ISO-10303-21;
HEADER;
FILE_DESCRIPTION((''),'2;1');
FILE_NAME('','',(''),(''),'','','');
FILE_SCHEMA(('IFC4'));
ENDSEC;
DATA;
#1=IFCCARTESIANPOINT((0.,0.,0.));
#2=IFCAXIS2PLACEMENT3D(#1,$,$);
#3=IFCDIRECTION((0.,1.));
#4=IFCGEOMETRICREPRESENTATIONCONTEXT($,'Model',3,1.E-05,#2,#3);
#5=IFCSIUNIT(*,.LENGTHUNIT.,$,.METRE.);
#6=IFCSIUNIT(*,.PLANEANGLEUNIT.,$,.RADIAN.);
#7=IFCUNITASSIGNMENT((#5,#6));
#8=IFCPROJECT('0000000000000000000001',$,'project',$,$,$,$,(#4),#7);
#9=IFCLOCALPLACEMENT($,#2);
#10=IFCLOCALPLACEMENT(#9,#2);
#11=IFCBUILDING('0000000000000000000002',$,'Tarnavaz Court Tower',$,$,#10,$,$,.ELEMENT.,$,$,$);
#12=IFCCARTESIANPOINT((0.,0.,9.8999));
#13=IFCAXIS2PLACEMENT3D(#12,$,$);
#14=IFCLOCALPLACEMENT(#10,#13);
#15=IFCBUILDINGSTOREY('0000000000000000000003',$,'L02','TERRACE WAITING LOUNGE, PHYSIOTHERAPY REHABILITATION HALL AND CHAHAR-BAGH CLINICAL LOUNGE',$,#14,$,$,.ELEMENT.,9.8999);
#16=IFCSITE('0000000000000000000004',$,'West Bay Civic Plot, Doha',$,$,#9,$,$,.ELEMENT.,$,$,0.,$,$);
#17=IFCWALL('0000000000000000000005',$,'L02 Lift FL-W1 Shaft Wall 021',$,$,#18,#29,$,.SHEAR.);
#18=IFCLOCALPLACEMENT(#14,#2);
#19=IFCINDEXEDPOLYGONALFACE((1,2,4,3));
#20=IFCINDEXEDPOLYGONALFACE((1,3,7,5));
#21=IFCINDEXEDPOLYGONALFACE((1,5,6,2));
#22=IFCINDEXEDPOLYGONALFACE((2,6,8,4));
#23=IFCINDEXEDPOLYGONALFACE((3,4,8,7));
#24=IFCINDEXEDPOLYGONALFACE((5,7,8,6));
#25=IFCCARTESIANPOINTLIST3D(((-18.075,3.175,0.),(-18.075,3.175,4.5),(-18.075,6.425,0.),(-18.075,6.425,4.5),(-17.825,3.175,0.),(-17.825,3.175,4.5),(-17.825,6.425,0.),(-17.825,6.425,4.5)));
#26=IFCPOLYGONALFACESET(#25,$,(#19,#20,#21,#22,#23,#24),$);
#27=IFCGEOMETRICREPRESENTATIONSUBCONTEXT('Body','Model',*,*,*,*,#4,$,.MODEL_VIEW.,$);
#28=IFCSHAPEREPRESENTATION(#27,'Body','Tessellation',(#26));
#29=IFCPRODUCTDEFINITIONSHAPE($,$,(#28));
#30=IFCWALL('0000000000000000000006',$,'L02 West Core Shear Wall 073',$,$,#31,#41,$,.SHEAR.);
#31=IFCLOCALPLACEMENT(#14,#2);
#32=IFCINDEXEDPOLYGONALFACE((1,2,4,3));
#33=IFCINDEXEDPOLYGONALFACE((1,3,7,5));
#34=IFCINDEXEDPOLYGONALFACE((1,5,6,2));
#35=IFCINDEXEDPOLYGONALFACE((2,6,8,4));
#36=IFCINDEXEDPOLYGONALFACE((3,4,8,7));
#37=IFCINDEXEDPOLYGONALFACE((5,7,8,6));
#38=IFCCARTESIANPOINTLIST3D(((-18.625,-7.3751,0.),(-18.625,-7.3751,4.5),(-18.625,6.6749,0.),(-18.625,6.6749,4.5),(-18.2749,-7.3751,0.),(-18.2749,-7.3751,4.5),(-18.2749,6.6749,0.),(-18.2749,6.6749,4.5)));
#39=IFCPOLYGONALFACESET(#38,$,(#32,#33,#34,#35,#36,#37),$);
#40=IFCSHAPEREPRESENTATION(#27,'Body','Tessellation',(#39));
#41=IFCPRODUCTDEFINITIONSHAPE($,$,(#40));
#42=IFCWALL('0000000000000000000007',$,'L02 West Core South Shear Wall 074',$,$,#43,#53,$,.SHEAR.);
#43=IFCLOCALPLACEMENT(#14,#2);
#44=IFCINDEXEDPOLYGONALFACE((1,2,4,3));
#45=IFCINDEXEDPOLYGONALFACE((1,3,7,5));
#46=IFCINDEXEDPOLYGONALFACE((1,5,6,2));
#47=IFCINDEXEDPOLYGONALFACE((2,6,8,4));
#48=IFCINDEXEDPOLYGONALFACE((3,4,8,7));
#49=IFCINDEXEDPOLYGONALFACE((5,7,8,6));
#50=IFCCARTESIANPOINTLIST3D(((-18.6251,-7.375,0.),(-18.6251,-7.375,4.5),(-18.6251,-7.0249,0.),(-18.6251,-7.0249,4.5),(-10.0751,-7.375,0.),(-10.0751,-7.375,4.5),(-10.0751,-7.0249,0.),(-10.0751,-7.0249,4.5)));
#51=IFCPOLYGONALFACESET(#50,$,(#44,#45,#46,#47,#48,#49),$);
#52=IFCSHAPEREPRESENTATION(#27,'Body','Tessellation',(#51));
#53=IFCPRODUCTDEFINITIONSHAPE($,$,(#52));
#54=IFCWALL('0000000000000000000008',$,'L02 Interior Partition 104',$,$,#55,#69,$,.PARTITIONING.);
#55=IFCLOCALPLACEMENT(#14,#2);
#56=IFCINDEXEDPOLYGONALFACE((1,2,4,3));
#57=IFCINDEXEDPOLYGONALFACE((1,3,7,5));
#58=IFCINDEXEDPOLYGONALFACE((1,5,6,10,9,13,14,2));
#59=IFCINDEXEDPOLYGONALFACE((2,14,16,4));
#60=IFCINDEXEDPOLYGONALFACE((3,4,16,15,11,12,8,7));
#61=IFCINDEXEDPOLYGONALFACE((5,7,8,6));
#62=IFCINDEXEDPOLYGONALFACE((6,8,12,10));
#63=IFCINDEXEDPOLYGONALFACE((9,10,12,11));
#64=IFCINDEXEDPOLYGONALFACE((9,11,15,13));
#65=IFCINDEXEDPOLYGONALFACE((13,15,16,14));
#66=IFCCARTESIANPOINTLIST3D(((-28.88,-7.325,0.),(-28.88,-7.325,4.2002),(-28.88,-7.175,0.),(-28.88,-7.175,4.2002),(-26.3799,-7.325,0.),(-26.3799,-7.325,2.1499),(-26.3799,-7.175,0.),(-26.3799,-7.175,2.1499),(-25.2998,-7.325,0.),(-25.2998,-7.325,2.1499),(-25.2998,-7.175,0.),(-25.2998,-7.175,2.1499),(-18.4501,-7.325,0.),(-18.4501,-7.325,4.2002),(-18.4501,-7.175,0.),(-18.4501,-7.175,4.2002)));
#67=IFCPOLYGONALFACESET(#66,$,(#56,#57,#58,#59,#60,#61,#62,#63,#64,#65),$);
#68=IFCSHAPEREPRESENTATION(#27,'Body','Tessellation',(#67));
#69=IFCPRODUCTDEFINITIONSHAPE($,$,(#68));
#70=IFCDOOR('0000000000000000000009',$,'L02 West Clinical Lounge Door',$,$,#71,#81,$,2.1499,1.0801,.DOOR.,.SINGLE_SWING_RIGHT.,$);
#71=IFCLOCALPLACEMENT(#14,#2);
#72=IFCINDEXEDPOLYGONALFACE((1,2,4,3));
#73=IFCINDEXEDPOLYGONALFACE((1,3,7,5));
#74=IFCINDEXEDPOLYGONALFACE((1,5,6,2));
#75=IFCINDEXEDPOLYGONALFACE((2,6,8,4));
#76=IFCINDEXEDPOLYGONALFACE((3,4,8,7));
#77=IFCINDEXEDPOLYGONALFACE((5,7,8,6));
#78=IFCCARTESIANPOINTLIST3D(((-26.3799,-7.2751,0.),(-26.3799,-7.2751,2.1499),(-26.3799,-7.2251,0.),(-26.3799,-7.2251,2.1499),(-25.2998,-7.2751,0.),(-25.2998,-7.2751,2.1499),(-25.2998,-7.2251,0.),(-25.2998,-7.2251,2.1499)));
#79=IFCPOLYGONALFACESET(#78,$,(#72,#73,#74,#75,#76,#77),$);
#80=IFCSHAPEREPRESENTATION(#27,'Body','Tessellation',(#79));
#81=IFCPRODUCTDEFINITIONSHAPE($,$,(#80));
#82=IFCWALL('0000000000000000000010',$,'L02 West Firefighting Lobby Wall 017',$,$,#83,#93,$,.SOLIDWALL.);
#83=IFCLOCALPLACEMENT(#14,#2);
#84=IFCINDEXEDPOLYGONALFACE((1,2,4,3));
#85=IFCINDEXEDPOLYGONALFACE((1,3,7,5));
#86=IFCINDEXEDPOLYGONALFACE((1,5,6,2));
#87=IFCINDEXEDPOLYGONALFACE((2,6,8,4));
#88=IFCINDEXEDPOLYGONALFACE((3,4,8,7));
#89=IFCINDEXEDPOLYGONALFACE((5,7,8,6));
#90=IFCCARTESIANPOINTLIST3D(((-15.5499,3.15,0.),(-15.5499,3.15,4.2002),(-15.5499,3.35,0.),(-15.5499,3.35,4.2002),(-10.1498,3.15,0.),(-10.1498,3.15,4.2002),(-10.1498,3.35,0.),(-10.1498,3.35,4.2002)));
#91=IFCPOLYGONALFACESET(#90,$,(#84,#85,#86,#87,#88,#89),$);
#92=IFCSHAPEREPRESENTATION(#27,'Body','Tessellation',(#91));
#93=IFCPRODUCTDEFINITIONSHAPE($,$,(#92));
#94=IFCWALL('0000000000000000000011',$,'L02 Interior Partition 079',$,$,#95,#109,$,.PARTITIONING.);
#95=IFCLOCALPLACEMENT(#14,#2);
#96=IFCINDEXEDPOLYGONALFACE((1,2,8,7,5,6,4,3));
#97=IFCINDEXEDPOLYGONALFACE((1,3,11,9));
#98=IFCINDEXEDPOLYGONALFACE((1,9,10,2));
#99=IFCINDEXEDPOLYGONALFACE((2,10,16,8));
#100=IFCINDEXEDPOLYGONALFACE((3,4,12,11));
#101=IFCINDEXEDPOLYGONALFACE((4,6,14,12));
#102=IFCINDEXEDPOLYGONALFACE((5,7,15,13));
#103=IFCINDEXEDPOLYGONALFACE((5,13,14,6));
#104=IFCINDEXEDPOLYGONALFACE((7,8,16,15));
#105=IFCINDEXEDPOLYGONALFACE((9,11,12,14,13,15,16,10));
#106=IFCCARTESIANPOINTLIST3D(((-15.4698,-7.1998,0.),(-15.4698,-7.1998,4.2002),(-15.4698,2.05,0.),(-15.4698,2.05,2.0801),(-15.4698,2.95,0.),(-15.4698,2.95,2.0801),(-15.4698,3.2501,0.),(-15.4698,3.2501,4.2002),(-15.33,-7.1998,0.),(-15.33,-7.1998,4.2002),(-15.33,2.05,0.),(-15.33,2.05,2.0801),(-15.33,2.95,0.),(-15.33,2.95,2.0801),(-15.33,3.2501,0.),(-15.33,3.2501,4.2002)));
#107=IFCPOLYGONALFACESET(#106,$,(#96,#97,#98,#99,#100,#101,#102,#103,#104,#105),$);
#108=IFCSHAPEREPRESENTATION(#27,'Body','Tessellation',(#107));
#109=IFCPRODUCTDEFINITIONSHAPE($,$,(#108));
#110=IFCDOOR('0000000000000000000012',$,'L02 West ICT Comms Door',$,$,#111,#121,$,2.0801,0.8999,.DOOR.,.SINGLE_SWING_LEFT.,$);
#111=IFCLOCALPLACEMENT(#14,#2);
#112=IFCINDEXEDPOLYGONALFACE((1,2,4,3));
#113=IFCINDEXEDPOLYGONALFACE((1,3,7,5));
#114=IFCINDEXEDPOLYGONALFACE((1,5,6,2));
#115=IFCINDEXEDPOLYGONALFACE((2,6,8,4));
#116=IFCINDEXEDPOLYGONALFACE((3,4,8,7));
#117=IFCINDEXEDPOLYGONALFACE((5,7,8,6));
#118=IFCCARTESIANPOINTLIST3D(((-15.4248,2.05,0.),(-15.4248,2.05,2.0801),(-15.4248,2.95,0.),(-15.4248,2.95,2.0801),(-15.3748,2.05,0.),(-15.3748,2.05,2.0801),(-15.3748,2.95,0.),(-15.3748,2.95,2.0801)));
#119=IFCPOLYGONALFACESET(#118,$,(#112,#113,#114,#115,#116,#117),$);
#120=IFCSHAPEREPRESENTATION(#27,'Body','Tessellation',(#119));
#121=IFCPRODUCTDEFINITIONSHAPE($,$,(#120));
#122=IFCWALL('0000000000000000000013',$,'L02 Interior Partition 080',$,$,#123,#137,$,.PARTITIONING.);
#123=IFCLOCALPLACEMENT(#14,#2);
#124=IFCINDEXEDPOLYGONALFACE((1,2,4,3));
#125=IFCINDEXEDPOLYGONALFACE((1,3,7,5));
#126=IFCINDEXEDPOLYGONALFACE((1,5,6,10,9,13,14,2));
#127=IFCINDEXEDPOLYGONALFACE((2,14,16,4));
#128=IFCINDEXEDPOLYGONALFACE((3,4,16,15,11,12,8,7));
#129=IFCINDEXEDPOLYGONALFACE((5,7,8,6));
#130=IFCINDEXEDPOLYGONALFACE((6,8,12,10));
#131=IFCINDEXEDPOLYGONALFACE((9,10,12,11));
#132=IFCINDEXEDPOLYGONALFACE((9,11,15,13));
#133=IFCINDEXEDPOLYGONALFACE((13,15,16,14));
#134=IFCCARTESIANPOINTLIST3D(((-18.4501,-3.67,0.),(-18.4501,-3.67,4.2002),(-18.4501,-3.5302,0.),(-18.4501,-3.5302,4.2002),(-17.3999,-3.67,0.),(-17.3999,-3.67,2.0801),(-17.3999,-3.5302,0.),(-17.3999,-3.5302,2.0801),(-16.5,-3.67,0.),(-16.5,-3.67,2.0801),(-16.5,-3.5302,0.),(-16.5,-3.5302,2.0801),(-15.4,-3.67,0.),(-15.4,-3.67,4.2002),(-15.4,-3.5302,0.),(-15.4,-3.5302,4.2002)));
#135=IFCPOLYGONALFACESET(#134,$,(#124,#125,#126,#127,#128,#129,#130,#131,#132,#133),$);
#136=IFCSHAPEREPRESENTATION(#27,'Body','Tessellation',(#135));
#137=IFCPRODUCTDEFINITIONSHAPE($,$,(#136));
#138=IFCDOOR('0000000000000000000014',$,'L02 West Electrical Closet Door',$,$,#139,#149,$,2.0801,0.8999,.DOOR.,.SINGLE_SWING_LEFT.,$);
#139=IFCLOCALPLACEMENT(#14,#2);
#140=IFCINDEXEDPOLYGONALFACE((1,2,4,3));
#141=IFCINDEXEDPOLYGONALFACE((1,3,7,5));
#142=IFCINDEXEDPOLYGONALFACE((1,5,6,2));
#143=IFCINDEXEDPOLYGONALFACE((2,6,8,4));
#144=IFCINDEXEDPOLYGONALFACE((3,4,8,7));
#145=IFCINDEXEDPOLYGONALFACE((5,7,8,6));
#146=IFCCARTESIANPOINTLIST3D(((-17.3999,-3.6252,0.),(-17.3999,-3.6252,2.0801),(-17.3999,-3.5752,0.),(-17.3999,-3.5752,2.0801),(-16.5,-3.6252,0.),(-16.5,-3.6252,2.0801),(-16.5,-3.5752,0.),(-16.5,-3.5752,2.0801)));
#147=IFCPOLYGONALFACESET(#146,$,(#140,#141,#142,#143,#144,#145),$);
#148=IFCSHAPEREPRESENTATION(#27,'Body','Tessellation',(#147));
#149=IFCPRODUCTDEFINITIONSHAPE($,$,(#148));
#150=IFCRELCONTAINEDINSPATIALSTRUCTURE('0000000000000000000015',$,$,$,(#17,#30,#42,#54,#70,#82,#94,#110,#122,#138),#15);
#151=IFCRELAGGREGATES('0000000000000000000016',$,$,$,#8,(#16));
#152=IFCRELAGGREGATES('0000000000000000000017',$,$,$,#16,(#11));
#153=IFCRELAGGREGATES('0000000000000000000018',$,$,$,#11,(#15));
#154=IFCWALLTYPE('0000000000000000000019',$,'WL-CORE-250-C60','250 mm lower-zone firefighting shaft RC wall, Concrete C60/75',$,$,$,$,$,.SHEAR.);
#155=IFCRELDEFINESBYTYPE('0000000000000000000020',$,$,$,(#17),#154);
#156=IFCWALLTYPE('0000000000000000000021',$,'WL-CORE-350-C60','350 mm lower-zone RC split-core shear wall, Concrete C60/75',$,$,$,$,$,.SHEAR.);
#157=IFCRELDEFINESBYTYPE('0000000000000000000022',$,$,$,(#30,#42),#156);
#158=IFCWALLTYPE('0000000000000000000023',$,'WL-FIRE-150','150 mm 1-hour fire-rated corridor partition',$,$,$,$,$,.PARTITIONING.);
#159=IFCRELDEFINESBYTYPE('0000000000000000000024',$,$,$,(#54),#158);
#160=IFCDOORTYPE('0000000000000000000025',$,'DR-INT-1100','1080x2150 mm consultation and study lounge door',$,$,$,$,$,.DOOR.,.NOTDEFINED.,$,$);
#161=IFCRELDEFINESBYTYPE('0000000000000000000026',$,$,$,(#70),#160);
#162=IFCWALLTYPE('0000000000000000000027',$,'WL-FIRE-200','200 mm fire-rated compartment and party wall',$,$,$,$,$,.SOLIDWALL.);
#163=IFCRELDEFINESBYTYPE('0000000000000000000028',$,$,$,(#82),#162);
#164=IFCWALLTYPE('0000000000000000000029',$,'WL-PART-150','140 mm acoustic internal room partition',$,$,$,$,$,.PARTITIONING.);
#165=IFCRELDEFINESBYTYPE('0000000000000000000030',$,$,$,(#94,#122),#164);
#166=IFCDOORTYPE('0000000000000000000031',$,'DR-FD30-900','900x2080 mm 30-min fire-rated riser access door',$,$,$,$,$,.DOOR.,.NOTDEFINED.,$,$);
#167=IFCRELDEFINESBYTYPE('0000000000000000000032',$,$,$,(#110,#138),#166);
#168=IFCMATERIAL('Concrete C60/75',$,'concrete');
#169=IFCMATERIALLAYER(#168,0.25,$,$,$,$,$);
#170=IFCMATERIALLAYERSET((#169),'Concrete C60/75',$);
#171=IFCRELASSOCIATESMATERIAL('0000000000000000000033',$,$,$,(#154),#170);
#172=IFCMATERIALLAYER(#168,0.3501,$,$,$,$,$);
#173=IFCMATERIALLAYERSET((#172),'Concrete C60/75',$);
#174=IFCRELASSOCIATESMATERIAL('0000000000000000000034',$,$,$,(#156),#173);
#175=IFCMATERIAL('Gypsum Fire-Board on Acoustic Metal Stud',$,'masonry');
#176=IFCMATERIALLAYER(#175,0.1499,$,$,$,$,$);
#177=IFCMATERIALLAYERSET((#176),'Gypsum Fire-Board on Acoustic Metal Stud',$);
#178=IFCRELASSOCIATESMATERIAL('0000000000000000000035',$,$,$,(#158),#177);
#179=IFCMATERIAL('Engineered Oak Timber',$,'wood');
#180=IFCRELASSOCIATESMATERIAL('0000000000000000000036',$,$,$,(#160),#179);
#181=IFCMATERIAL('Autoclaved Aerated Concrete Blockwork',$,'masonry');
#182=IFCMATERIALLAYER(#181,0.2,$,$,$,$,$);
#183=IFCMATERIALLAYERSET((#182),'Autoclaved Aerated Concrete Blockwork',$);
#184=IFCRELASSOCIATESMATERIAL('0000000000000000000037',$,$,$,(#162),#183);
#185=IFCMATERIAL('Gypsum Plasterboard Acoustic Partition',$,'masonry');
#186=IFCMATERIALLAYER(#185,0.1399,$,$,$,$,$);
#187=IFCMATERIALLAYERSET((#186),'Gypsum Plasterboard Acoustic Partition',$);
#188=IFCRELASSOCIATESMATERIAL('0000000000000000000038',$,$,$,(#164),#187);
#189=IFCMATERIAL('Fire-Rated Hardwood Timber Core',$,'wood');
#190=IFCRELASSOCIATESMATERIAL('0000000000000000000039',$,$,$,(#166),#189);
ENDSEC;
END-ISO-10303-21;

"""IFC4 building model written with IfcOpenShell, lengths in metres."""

from ifc_helpers import new_model, si_unit, direction, frame, frame_2d, origin, place, context, subcontext, project, spatial, rectangle, extrude, material, layer, layer_set, type_object, element, fill, save


model = new_model("IFC4")

# Units and contexts
model_context = context("Model", 3, precision=1e-05, world=origin(), true_north=direction((0.0, 1.0)))
body_context = subcontext(model_context, "Body", "Model", "MODEL_VIEW")
ifc_project = project(units=[si_unit("LENGTHUNIT", "METRE"), si_unit("PLANEANGLEUNIT", "RADIAN")], contexts=[model_context])

# Site, building, storey
site_placement = place(None, origin())
site = spatial("IfcSite", under=ifc_project, at=site_placement, Name="West Bay Civic Plot, Doha", CompositionType="ELEMENT", RefElevation=0.0)
building_placement = place(site_placement, origin())
building = spatial("IfcBuilding", under=site, at=building_placement, Name="Tarnavaz Court Tower", CompositionType="ELEMENT")
storey_placement = place(building_placement, frame((0.0, 0.0, 9.8999)))
storey = spatial("IfcBuildingStorey", under=building, at=storey_placement, Name="L02", Description="TERRACE WAITING LOUNGE, PHYSIOTHERAPY REHABILITATION HALL AND CHAHAR-BAGH CLINICAL LOUNGE", CompositionType="ELEMENT", Elevation=9.8999)

# Shared definitions
ifc_material_1 = material(Name="Concrete C60/75", Category="concrete")

# Wall
ifc_layer_1 = layer(ifc_material_1, 0.25)
ifc_layer_set_1 = layer_set([ifc_layer_1], Name="Concrete C60/75")
wall_type_1 = type_object("IfcWallType", Name="WL-CORE-250-C60", Description="250 mm lower-zone firefighting shaft RC wall, Concrete C60/75", PredefinedType="SHEAR", material=ifc_layer_set_1)
wall_1_placement = place(storey_placement, frame((-17.95, 3.175, 0.0), z_axis=(0.0, 0.0, 1.0), x_axis=(0.0, 1.0, 0.0)))
element("IfcWall", 1, at=wall_1_placement, inside=storey, type_object=wall_type_1, Name="L02 Lift FL-W1 Shaft Wall 021", PredefinedType="SHEAR", context=body_context, shape_type="SweptSolid", body=[
    extrude(rectangle(XDim=3.25, YDim=0.25, at=frame_2d((1.625, 0.0))), origin(), (0.0, 0.0, 1.0), 4.5),
])

# Walls
ifc_layer_2 = layer(ifc_material_1, 0.3501)
ifc_layer_set_2 = layer_set([ifc_layer_2], Name="Concrete C60/75")
wall_type_2 = type_object("IfcWallType", Name="WL-CORE-350-C60", Description="350 mm lower-zone RC split-core shear wall, Concrete C60/75", PredefinedType="SHEAR", material=ifc_layer_set_2)
wall_2_placement = place(storey_placement, frame((-18.45, -7.375, 0.0), z_axis=(0.0, 0.0, 1.0), x_axis=(0.0, 1.0, 0.0)))
element("IfcWall", 2, at=wall_2_placement, inside=storey, type_object=wall_type_2, Name="L02 West Core Shear Wall 073", PredefinedType="SHEAR", context=body_context, shape_type="SweptSolid", body=[
    extrude(rectangle(XDim=14.05, YDim=0.3501, at=frame_2d((7.0249, 0.0))), origin(), (0.0, 0.0, 1.0), 4.5),
])
wall_3_placement = place(storey_placement, frame((-18.625, -7.2, 0.0), z_axis=(0.0, 0.0, 1.0), x_axis=(1.0, 0.0, 0.0)))
element("IfcWall", 3, at=wall_3_placement, inside=storey, type_object=wall_type_2, Name="L02 West Core South Shear Wall 074", PredefinedType="SHEAR", context=body_context, shape_type="SweptSolid", body=[
    extrude(rectangle(XDim=8.55, YDim=0.3501, at=frame_2d((4.2749, 0.0))), origin(), (0.0, 0.0, 1.0), 4.5),
])

# Wall, opening, door
ifc_material_2 = material(Name="Gypsum Fire-Board on Acoustic Metal Stud", Category="masonry")
ifc_layer_3 = layer(ifc_material_2, 0.1499)
ifc_layer_set_3 = layer_set([ifc_layer_3], Name="Gypsum Fire-Board on Acoustic Metal Stud")
wall_type_3 = type_object("IfcWallType", Name="WL-FIRE-150", Description="150 mm 1-hour fire-rated corridor partition", PredefinedType="PARTITIONING", material=ifc_layer_set_3)
wall_4_placement = place(storey_placement, frame((-28.8799, -7.25, 0.0), z_axis=(0.0, 0.0, 1.0), x_axis=(1.0, 0.0, 0.0)))
wall_4 = element("IfcWall", 4, at=wall_4_placement, inside=storey, type_object=wall_type_3, Name="L02 Interior Partition 104", PredefinedType="PARTITIONING", context=body_context, shape_type="SweptSolid", body=[
    extrude(rectangle(XDim=10.4299, YDim=0.1499, at=frame_2d((5.2148, 0.0))), origin(), (0.0, 0.0, 1.0), 4.2002),
])
opening_1_placement = place(wall_4_placement, frame((2.5, 0.0, 0.0)))
opening_1 = element("IfcOpeningElement", 5, at=opening_1_placement, cuts=wall_4, PredefinedType="OPENING", context=body_context, shape_type="SweptSolid", body=[
    extrude(rectangle(XDim=1.0801, YDim=2.1499, at=frame_2d((0.54, 1.075))), frame((0.0, 0.085, 0.0), z_axis=(0.0, -1.0, 0.0), x_axis=(1.0, 0.0, 0.0)), (0.0, 0.0, 1.0), 0.1699),
])
ifc_material_3 = material(Name="Engineered Oak Timber", Category="wood")
door_type_1 = type_object("IfcDoorType", Name="DR-INT-1100", Description="1080x2150 mm consultation and study lounge door", OperationType="NOTDEFINED", PredefinedType="DOOR", material=ifc_material_3)
door_1_placement = place(opening_1_placement, origin())
door_1 = element("IfcDoor", 6, at=door_1_placement, inside=storey, type_object=door_type_1, Name="L02 West Clinical Lounge Door", OperationType="SINGLE_SWING_RIGHT", OverallHeight=2.1499, OverallWidth=1.0801, PredefinedType="DOOR", context=body_context, shape_type="SweptSolid", body=[
    extrude(rectangle(XDim=1.0801, YDim=2.1499, at=frame_2d((0.54, 1.075))), frame((0.0, 0.0249, 0.0), z_axis=(0.0, -1.0, 0.0), x_axis=(1.0, 0.0, 0.0)), (0.0, 0.0, 1.0), 0.05),
])
fill(opening_1, door_1)

# Wall
ifc_material_4 = material(Name="Autoclaved Aerated Concrete Blockwork", Category="masonry")
ifc_layer_4 = layer(ifc_material_4, 0.2)
ifc_layer_set_4 = layer_set([ifc_layer_4], Name="Autoclaved Aerated Concrete Blockwork")
wall_type_4 = type_object("IfcWallType", Name="WL-FIRE-200", Description="200 mm fire-rated compartment and party wall", PredefinedType="SOLIDWALL", material=ifc_layer_set_4)
wall_5_placement = place(storey_placement, frame((-15.55, 3.25, 0.0), z_axis=(0.0, 0.0, 1.0), x_axis=(1.0, 0.0, 0.0)))
element("IfcWall", 7, at=wall_5_placement, inside=storey, type_object=wall_type_4, Name="L02 West Firefighting Lobby Wall 017", PredefinedType="SOLIDWALL", context=body_context, shape_type="SweptSolid", body=[
    extrude(rectangle(XDim=5.4001, YDim=0.2, at=frame_2d((2.7002, 0.0))), origin(), (0.0, 0.0, 1.0), 4.2002),
])

# Walls, openings, doors
ifc_material_5 = material(Name="Gypsum Plasterboard Acoustic Partition", Category="masonry")
ifc_layer_5 = layer(ifc_material_5, 0.1399)
ifc_layer_set_5 = layer_set([ifc_layer_5], Name="Gypsum Plasterboard Acoustic Partition")
wall_type_5 = type_object("IfcWallType", Name="WL-PART-150", Description="140 mm acoustic internal room partition", PredefinedType="PARTITIONING", material=ifc_layer_set_5)
wall_6_placement = place(storey_placement, frame((-15.3999, -7.2, 0.0), z_axis=(0.0, 0.0, 1.0), x_axis=(0.0, 1.0, 0.0)))
wall_6 = element("IfcWall", 8, at=wall_6_placement, inside=storey, type_object=wall_type_5, Name="L02 Interior Partition 079", PredefinedType="PARTITIONING", context=body_context, shape_type="SweptSolid", body=[
    extrude(rectangle(XDim=10.45, YDim=0.1399, at=frame_2d((5.2251, 0.0))), origin(), (0.0, 0.0, 1.0), 4.2002),
])
opening_2_placement = place(wall_6_placement, frame((9.25, 0.0, 0.0)))
opening_2 = element("IfcOpeningElement", 9, at=opening_2_placement, cuts=wall_6, PredefinedType="OPENING", context=body_context, shape_type="SweptSolid", body=[
    extrude(rectangle(XDim=0.8999, YDim=2.0801, at=frame_2d((0.45, 1.04))), frame((0.0, 0.0798, 0.0), z_axis=(0.0, -1.0, 0.0), x_axis=(1.0, 0.0, 0.0)), (0.0, 0.0, 1.0), 0.1599),
])
ifc_material_6 = material(Name="Fire-Rated Hardwood Timber Core", Category="wood")
door_type_2 = type_object("IfcDoorType", Name="DR-FD30-900", Description="900x2080 mm 30-min fire-rated riser access door", OperationType="NOTDEFINED", PredefinedType="DOOR", material=ifc_material_6)
door_2_placement = place(opening_2_placement, origin())
door_2 = element("IfcDoor", 10, at=door_2_placement, inside=storey, type_object=door_type_2, Name="L02 West ICT Comms Door", OperationType="SINGLE_SWING_LEFT", OverallHeight=2.0801, OverallWidth=0.8999, PredefinedType="DOOR", context=body_context, shape_type="SweptSolid", body=[
    extrude(rectangle(XDim=0.8999, YDim=2.0801, at=frame_2d((0.45, 1.04))), frame((0.0, 0.0249, 0.0), z_axis=(0.0, -1.0, 0.0), x_axis=(1.0, 0.0, 0.0)), (0.0, 0.0, 1.0), 0.05),
])
fill(opening_2, door_2)
wall_7_placement = place(storey_placement, frame((-18.45, -3.6001, 0.0), z_axis=(0.0, 0.0, 1.0), x_axis=(1.0, 0.0, 0.0)))
wall_7 = element("IfcWall", 11, at=wall_7_placement, inside=storey, type_object=wall_type_5, Name="L02 Interior Partition 080", PredefinedType="PARTITIONING", context=body_context, shape_type="SweptSolid", body=[
    extrude(rectangle(XDim=3.05, YDim=0.1399, at=frame_2d((1.5249, 0.0))), origin(), (0.0, 0.0, 1.0), 4.2002),
])
opening_3_placement = place(wall_7_placement, frame((1.05, 0.0, 0.0)))
opening_3 = element("IfcOpeningElement", 12, at=opening_3_placement, cuts=wall_7, PredefinedType="OPENING", context=body_context, shape_type="SweptSolid", body=[
    extrude(rectangle(XDim=0.8999, YDim=2.0801, at=frame_2d((0.45, 1.04))), frame((0.0, 0.0798, 0.0), z_axis=(0.0, -1.0, 0.0), x_axis=(1.0, 0.0, 0.0)), (0.0, 0.0, 1.0), 0.1599),
])
door_3_placement = place(opening_3_placement, origin())
door_3 = element("IfcDoor", 13, at=door_3_placement, inside=storey, type_object=door_type_2, Name="L02 West Electrical Closet Door", OperationType="SINGLE_SWING_LEFT", OverallHeight=2.0801, OverallWidth=0.8999, PredefinedType="DOOR", context=body_context, shape_type="SweptSolid", body=[
    extrude(rectangle(XDim=0.8999, YDim=2.0801, at=frame_2d((0.45, 1.04))), frame((0.0, 0.0249, 0.0), z_axis=(0.0, -1.0, 0.0), x_axis=(1.0, 0.0, 0.0)), (0.0, 0.0, 1.0), 0.05),
])
fill(opening_3, door_3)

save(model, "model.ifc")
